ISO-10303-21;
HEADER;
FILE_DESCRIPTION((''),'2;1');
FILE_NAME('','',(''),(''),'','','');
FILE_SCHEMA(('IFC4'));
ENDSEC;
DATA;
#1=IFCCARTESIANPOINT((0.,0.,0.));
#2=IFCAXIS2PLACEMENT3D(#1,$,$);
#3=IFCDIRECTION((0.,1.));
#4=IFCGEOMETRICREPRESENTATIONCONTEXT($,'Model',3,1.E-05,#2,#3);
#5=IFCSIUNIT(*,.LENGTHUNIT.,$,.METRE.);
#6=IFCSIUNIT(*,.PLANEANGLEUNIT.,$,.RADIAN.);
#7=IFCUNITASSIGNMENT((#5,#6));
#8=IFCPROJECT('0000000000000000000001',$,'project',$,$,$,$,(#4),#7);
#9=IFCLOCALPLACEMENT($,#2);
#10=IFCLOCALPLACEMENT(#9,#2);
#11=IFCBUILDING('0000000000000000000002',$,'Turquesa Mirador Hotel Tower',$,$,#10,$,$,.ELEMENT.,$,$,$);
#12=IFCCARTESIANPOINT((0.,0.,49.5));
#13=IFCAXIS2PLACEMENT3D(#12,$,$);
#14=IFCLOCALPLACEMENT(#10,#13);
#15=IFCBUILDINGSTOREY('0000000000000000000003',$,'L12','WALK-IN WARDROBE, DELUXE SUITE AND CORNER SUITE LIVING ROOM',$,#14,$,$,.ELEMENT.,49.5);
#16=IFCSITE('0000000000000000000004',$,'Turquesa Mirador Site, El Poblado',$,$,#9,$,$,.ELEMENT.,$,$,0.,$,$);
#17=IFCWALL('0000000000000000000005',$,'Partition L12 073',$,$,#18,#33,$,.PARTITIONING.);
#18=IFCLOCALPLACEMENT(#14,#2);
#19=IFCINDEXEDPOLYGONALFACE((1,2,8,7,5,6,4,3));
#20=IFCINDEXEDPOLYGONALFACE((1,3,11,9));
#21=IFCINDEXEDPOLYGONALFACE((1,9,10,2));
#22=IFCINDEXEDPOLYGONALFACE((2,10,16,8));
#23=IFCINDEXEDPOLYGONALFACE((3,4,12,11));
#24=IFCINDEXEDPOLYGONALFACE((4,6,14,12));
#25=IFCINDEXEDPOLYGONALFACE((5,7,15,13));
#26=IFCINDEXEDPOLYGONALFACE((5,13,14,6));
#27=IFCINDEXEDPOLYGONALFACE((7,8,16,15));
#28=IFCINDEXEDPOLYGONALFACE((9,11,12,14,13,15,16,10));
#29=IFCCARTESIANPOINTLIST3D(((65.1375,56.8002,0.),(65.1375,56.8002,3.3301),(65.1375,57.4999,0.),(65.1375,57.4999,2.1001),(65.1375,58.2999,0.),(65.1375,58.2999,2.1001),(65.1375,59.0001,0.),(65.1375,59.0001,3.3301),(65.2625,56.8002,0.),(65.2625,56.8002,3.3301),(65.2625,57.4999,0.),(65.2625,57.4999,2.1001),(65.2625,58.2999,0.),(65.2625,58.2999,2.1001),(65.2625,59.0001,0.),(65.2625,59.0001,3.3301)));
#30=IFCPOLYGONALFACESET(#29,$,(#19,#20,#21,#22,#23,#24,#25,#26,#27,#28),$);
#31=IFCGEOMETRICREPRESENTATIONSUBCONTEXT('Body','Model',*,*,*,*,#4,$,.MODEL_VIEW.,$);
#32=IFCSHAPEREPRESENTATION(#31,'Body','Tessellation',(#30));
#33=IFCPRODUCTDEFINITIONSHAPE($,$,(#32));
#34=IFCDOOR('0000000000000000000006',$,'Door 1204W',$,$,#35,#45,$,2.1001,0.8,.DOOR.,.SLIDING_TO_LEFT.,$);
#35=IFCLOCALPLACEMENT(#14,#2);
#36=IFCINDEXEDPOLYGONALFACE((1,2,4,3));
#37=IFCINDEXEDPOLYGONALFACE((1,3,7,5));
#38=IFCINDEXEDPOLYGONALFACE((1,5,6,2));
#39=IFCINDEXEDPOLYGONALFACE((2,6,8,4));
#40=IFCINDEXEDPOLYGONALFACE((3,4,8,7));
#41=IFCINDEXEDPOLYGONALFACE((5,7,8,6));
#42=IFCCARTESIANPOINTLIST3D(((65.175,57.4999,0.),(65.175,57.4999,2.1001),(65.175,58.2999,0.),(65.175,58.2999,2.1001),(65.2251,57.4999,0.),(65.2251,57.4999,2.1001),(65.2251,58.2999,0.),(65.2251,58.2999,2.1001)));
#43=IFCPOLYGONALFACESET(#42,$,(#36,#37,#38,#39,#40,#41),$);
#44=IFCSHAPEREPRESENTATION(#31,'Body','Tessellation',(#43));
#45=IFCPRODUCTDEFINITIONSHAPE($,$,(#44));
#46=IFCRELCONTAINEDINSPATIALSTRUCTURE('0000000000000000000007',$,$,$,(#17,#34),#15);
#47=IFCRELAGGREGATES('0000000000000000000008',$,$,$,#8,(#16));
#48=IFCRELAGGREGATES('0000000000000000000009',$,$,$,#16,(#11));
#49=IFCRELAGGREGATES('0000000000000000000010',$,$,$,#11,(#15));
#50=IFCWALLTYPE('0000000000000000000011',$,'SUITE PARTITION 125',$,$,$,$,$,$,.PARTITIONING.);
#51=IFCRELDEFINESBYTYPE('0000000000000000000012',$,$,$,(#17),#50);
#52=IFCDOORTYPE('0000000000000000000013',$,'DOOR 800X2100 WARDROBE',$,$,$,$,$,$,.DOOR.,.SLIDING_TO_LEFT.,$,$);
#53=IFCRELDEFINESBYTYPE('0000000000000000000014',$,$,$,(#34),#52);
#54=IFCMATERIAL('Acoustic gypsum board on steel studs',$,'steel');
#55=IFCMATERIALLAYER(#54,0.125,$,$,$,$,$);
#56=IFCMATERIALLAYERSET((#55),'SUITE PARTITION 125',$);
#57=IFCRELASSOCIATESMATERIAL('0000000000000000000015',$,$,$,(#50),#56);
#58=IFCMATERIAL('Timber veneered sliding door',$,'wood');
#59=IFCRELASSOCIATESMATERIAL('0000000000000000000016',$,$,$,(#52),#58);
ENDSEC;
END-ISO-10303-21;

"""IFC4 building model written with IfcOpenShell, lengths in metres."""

from ifc_helpers import new_model, si_unit, direction, frame, frame_2d, origin, place, context, subcontext, project, spatial, rectangle, extrude, material, layer, layer_set, type_object, element, fill, save


model = new_model("IFC4")

# Units and contexts
model_context = context("Model", 3, precision=1e-05, world=origin(), true_north=direction((0.0, 1.0)))
body_context = subcontext(model_context, "Body", "Model", "MODEL_VIEW")
ifc_project = project(units=[si_unit("LENGTHUNIT", "METRE"), si_unit("PLANEANGLEUNIT", "RADIAN")], contexts=[model_context])

# Site, building, storey
site_placement = place(None, origin())
site = spatial("IfcSite", under=ifc_project, at=site_placement, Name="Turquesa Mirador Site, El Poblado", CompositionType="ELEMENT", RefElevation=0.0)
building_placement = place(site_placement, origin())
building = spatial("IfcBuilding", under=site, at=building_placement, Name="Turquesa Mirador Hotel Tower", CompositionType="ELEMENT")
storey_placement = place(building_placement, frame((0.0, 0.0, 49.5)))
storey = spatial("IfcBuildingStorey", under=building, at=storey_placement, Name="L12", Description="WALK-IN WARDROBE, DELUXE SUITE AND CORNER SUITE LIVING ROOM", CompositionType="ELEMENT", Elevation=49.5)

# Shared definitions
ifc_material_1 = material(Name="Acoustic gypsum board on steel studs", Category="steel")
ifc_layer_1 = layer(ifc_material_1, 0.125)
ifc_layer_set_1 = layer_set([ifc_layer_1], Name="SUITE PARTITION 125")
wall_type_1 = type_object("IfcWallType", Name="SUITE PARTITION 125", PredefinedType="PARTITIONING", material=ifc_layer_set_1)

# Wall, opening, door
wall_1_placement = place(storey_placement, frame((65.2, 56.8, 0.0), z_axis=(0.0, 0.0, 1.0), x_axis=(0.0, 1.0, 0.0)))
wall_1 = element("IfcWall", 1, at=wall_1_placement, inside=storey, type_object=wall_type_1, Name="Partition L12 073", PredefinedType="PARTITIONING", context=body_context, shape_type="SweptSolid", body=[
    extrude(rectangle(XDim=2.2, YDim=0.125, at=frame_2d((1.1001, 0.0))), origin(), (0.0, 0.0, 1.0), 3.3301),
])
opening_1_placement = place(wall_1_placement, frame((0.7, 0.0, 0.0)))
opening_1 = element("IfcOpeningElement", 2, at=opening_1_placement, cuts=wall_1, PredefinedType="OPENING", context=body_context, shape_type="SweptSolid", body=[
    extrude(rectangle(XDim=0.8, YDim=2.1001, at=frame_2d((0.3999, 1.05))), frame((0.0, 0.0725, 0.0), z_axis=(0.0, -1.0, 0.0), x_axis=(1.0, 0.0, 0.0)), (0.0, 0.0, 1.0), 0.145),
])
ifc_material_2 = material(Name="Timber veneered sliding door", Category="wood")
door_type_1 = type_object("IfcDoorType", Name="DOOR 800X2100 WARDROBE", OperationType="SLIDING_TO_LEFT", PredefinedType="DOOR", material=ifc_material_2)
door_1_placement = place(opening_1_placement, origin())
door_1 = element("IfcDoor", 3, at=door_1_placement, inside=storey, type_object=door_type_1, Name="Door 1204W", OperationType="SLIDING_TO_LEFT", OverallHeight=2.1001, OverallWidth=0.8, PredefinedType="DOOR", context=body_context, shape_type="SweptSolid", body=[
    extrude(rectangle(XDim=0.8, YDim=2.1001, at=frame_2d((0.3999, 1.05))), frame((0.0, 0.0249, 0.0), z_axis=(0.0, -1.0, 0.0), x_axis=(1.0, 0.0, 0.0)), (0.0, 0.0, 1.0), 0.05),
])
fill(opening_1, door_1)

save(model, "model.ifc")
